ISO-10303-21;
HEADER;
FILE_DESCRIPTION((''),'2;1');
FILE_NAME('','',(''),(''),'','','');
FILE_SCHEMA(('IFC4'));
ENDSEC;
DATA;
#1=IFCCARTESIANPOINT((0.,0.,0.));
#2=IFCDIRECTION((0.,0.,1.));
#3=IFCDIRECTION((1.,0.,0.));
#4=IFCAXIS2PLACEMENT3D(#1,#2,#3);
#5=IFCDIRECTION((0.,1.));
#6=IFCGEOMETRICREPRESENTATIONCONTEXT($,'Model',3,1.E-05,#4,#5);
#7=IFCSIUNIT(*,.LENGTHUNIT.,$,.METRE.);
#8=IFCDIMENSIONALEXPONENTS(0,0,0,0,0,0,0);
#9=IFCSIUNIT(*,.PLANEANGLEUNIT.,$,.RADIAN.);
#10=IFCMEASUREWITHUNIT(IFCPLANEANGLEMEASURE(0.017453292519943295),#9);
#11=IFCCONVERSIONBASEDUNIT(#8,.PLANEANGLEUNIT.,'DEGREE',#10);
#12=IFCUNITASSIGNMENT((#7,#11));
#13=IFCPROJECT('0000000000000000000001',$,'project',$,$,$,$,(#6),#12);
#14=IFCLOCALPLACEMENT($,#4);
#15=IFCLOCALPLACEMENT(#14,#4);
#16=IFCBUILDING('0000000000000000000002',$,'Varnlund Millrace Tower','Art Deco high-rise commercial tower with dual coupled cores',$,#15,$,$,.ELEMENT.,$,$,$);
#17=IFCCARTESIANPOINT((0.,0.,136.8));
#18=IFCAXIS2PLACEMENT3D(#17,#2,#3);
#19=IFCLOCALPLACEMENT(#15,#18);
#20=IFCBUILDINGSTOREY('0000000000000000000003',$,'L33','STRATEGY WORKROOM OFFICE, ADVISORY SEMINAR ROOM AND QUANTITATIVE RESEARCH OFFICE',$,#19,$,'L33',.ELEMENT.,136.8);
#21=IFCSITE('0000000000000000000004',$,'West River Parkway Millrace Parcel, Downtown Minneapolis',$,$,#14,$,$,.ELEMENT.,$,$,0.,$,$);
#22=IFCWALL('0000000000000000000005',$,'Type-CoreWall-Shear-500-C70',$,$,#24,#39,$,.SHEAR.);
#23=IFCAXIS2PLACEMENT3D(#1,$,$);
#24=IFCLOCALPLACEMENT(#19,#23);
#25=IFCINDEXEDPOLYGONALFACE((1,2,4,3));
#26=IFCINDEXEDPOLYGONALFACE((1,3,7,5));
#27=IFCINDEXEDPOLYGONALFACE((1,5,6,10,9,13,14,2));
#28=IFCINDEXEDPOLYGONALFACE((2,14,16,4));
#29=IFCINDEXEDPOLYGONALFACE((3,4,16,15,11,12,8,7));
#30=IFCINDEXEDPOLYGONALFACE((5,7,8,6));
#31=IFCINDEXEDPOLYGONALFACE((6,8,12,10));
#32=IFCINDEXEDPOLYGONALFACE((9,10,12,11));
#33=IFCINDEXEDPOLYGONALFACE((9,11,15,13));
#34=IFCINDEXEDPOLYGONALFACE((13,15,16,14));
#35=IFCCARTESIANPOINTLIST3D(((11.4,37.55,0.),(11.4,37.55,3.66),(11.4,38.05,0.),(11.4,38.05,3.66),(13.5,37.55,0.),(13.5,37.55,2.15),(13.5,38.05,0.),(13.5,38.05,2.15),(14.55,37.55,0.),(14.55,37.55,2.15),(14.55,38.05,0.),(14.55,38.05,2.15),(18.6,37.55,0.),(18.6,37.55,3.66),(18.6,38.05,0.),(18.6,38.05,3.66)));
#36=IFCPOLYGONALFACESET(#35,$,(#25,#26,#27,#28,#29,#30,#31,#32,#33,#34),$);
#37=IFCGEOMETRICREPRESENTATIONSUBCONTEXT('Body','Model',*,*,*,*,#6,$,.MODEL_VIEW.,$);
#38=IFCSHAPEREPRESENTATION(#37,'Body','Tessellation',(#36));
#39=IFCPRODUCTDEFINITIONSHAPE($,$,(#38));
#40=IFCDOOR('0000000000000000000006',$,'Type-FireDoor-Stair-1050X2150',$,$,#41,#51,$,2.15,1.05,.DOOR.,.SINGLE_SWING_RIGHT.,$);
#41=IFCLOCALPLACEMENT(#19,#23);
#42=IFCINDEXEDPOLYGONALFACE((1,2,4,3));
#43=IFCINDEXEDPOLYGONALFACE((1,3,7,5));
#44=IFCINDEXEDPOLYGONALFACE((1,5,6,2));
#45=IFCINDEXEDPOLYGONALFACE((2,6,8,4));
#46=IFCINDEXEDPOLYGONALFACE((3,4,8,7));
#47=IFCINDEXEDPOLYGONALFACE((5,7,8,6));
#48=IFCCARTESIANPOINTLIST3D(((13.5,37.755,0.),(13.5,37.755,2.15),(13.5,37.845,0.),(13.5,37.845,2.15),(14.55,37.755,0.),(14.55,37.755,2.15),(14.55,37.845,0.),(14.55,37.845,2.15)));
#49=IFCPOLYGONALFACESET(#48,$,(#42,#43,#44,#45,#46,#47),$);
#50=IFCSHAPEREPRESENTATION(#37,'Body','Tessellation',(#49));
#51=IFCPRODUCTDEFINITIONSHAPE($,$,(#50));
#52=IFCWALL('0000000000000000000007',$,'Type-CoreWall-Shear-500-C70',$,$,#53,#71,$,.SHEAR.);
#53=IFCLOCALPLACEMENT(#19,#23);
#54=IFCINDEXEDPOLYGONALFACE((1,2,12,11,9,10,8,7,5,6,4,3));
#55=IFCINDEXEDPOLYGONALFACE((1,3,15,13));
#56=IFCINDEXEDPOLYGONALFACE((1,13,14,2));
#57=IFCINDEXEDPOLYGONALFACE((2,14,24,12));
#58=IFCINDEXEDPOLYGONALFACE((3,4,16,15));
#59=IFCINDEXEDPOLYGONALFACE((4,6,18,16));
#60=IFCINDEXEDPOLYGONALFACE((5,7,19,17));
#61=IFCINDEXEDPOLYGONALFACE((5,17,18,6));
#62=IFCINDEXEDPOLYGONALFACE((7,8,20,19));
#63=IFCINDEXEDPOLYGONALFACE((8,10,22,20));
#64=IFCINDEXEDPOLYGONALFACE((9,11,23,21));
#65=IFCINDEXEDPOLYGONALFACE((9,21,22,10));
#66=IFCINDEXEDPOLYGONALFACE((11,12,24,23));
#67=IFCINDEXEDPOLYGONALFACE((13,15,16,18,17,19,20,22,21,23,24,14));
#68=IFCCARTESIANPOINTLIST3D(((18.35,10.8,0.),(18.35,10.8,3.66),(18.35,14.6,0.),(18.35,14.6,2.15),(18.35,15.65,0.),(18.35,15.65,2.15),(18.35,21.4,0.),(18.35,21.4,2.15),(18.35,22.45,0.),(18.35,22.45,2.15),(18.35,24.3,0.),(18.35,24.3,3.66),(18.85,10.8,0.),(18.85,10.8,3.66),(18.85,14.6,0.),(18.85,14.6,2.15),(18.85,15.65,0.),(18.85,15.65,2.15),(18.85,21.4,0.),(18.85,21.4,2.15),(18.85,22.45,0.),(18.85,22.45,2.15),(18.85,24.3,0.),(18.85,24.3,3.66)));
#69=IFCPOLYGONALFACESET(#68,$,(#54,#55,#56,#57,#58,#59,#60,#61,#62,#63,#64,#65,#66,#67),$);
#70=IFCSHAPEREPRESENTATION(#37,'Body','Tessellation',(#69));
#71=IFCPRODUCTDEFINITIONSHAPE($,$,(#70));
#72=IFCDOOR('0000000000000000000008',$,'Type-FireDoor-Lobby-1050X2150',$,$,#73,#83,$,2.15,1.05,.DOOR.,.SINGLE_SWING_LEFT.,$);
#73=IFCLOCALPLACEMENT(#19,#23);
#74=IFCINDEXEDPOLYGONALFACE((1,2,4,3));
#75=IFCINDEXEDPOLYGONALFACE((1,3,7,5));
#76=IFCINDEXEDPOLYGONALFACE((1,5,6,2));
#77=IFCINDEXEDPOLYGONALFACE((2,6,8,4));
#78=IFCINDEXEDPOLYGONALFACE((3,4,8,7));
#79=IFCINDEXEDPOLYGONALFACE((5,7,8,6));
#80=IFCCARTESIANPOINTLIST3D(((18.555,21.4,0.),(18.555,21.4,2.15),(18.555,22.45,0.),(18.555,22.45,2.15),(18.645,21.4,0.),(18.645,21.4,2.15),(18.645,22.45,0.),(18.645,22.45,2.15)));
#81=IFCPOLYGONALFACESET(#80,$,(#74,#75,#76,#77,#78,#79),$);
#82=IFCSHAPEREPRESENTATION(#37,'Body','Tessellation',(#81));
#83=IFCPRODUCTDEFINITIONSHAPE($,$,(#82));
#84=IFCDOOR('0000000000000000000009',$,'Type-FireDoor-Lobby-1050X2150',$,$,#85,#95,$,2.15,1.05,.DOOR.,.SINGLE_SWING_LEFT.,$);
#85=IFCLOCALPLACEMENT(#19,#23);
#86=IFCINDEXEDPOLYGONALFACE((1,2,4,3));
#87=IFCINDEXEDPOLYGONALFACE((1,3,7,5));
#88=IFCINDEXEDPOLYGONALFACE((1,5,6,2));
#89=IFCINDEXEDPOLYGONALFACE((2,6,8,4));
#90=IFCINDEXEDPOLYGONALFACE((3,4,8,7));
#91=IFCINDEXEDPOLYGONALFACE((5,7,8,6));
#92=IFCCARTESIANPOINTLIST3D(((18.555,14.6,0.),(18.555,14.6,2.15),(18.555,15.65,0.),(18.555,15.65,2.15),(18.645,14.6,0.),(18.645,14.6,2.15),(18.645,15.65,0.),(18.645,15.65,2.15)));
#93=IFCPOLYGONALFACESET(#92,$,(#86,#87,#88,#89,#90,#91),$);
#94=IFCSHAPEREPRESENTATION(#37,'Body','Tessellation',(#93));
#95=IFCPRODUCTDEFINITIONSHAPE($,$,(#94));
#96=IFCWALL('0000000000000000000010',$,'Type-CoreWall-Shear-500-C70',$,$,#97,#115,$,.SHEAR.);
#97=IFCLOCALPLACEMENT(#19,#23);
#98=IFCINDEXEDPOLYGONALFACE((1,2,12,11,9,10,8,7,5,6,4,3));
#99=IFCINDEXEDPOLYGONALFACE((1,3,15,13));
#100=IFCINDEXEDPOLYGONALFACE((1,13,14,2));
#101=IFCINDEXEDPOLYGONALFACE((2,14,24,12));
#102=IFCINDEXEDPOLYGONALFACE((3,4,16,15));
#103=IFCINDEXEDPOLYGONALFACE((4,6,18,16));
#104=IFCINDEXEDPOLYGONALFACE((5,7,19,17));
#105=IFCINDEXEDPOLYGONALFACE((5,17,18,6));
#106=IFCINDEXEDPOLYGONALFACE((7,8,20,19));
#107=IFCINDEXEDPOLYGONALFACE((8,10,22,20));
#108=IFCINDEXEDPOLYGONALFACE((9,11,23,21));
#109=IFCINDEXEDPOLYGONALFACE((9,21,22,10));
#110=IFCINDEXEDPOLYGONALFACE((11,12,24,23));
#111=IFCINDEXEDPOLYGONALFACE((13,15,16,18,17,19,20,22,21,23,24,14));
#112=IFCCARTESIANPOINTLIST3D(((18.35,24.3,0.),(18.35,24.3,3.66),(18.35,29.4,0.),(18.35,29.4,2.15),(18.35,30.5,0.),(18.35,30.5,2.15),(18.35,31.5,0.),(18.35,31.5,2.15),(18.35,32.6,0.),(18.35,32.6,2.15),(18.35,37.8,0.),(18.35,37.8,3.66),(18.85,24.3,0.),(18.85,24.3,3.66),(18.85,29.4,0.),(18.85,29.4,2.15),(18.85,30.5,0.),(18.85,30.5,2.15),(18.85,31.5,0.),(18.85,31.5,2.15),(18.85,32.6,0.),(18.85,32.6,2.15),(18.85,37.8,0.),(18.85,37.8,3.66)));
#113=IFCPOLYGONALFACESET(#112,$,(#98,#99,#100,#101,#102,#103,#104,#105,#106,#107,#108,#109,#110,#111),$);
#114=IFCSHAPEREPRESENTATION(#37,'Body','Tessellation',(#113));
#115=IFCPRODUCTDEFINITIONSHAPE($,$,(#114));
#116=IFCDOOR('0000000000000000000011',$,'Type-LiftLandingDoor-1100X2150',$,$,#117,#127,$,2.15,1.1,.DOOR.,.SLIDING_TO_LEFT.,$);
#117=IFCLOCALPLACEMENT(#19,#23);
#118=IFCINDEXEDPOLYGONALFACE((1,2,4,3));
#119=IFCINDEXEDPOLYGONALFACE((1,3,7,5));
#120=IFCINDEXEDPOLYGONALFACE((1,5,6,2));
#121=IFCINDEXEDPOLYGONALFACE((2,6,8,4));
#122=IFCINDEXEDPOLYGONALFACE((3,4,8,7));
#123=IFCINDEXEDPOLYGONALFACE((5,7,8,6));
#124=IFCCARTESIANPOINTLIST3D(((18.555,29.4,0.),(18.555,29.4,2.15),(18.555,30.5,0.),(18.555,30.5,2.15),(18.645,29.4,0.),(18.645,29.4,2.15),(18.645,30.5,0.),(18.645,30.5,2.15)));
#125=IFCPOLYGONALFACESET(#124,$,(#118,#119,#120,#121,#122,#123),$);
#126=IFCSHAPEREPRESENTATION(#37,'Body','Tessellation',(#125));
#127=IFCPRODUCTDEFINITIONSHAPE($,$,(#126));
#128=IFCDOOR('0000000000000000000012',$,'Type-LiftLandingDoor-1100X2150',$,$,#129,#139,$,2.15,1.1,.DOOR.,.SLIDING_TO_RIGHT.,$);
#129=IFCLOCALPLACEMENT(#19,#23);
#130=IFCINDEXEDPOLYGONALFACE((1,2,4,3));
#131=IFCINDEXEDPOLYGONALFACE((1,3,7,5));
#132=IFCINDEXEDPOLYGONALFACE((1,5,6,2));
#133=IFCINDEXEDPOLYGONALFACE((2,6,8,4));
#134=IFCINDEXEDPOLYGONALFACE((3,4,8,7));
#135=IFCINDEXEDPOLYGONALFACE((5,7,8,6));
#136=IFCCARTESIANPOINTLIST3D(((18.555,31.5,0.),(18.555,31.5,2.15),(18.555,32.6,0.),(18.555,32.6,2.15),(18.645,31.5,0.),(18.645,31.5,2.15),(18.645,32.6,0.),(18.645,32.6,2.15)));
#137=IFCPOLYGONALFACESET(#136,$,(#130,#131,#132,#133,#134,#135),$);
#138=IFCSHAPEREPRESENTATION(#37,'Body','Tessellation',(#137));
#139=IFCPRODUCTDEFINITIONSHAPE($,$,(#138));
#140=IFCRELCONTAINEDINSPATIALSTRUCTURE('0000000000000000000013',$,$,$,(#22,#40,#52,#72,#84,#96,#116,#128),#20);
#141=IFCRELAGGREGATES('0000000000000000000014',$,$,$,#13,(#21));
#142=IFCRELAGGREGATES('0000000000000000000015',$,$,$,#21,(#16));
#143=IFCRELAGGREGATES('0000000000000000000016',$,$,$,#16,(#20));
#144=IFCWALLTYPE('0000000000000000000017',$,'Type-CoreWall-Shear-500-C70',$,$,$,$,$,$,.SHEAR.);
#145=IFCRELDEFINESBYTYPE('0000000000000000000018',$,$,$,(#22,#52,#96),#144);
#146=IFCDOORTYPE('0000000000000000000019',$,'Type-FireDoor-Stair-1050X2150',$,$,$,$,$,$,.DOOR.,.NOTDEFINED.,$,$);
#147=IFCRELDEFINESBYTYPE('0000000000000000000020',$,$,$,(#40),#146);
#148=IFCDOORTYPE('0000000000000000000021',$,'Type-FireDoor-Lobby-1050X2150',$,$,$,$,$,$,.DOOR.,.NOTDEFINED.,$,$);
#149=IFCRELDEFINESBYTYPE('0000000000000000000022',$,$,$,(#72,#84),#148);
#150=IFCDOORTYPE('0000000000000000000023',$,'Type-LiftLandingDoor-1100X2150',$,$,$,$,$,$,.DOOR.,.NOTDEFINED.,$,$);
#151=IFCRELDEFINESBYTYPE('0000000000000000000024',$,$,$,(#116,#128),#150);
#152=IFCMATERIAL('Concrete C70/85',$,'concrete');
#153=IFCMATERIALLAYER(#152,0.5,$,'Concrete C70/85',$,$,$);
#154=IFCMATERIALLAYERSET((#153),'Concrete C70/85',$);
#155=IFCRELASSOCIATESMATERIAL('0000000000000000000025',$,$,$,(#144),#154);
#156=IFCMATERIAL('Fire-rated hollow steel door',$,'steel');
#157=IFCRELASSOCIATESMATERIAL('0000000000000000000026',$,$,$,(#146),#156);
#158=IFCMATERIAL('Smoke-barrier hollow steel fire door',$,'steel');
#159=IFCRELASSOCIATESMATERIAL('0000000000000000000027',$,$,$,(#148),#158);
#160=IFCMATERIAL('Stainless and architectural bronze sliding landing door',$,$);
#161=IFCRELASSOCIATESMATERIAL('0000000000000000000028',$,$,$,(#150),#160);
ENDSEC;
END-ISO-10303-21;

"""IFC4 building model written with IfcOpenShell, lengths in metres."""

from ifc_helpers import new_model, entity, si_unit, converted_unit, direction, frame, origin_with_axes, origin_2d_with_axis, place, context, subcontext, project, spatial, polyline, rectangle, outline, extrude, material, layer, layer_set, type_object, element, fill, save


model = new_model("IFC4")

# Units and contexts
model_context = context("Model", 3, precision=1e-05, world=origin_with_axes(), true_north=direction((0.0, 1.0)))
body_context = subcontext(model_context, "Body", "Model", "MODEL_VIEW")
ifc_project = project(units=[si_unit("LENGTHUNIT", "METRE"), converted_unit("PLANEANGLEUNIT", "DEGREE", entity("IfcPlaneAngleMeasure", 0.017453292519943295), si_unit("PLANEANGLEUNIT", "RADIAN"), dimensions=[0, 0, 0, 0, 0, 0, 0])], contexts=[model_context])

# Site, building, storey
site_placement = place(None, origin_with_axes())
site = spatial("IfcSite", under=ifc_project, at=site_placement, Name="West River Parkway Millrace Parcel, Downtown Minneapolis", CompositionType="ELEMENT", RefElevation=0.0)
building_placement = place(site_placement, origin_with_axes())
building = spatial("IfcBuilding", under=site, at=building_placement, Name="Varnlund Millrace Tower", Description="Art Deco high-rise commercial tower with dual coupled cores", CompositionType="ELEMENT")
storey_placement = place(building_placement, frame((0.0, 0.0, 136.8), z_axis=(0.0, 0.0, 1.0), x_axis=(1.0, 0.0, 0.0)))
storey = spatial("IfcBuildingStorey", under=building, at=storey_placement, Name="L33", Description="STRATEGY WORKROOM OFFICE, ADVISORY SEMINAR ROOM AND QUANTITATIVE RESEARCH OFFICE", LongName="L33", CompositionType="ELEMENT", Elevation=136.8)

# Shared definitions
ifc_material_1 = material(Name="Concrete C70/85", Category="concrete")
ifc_layer_1 = layer(ifc_material_1, 0.5, Name="Concrete C70/85")
ifc_layer_set_1 = layer_set([ifc_layer_1], Name="Concrete C70/85")
wall_type = type_object("IfcWallType", Name="Type-CoreWall-Shear-500-C70", PredefinedType="SHEAR", material=ifc_layer_set_1)

# Wall, opening, door
ifc_material_2 = material(Name="Fire-rated hollow steel door", Category="steel")
door_type_1 = type_object("IfcDoorType", Name="Type-FireDoor-Stair-1050X2150", OperationType="NOTDEFINED", PredefinedType="DOOR", material=ifc_material_2)
wall_1_placement = place(storey_placement, frame((11.4, 37.8, 0.0), z_axis=(0.0, 0.0, 1.0), x_axis=(1.0, 0.0, 0.0)))
wall_1 = element("IfcWall", 1, at=wall_1_placement, inside=storey, type_object=wall_type, Name="Type-CoreWall-Shear-500-C70", PredefinedType="SHEAR", context=body_context, shape_type="SweptSolid", body=[
    extrude(outline(polyline([(0.0, -0.25), (7.2, -0.25), (7.2, 0.25), (0.0, 0.25), (0.0, -0.25)])), origin_with_axes(), (0.0, 0.0, 1.0), 3.66),
])
opening_1_placement = place(wall_1_placement, frame((2.625, 0.0, 0.0), z_axis=(0.0, 0.0, 1.0), x_axis=(1.0, 0.0, 0.0)))
opening_1 = element("IfcOpeningElement", 2, at=opening_1_placement, cuts=wall_1, PredefinedType="OPENING", context=body_context, shape_type="SweptSolid", body=[
    extrude(rectangle(XDim=1.05, YDim=0.52, at=origin_2d_with_axis()), origin_with_axes(), (0.0, 0.0, 1.0), 2.15),
])
door_1_placement = place(wall_1_placement, frame((2.625, 0.0, 0.0), z_axis=(0.0, 0.0, 1.0), x_axis=(1.0, 0.0, 0.0)))
door_1 = element("IfcDoor", 3, at=door_1_placement, inside=storey, type_object=door_type_1, Name="Type-FireDoor-Stair-1050X2150", OperationType="SINGLE_SWING_RIGHT", OverallHeight=2.15, OverallWidth=1.05, PredefinedType="DOOR", context=body_context, shape_type="SweptSolid", body=[
    extrude(rectangle(XDim=1.05, YDim=0.09, at=origin_2d_with_axis()), origin_with_axes(), (0.0, 0.0, 1.0), 2.15),
])
fill(opening_1, door_1)

# Walls, openings, doors
wall_2_placement = place(storey_placement, frame((18.6, 10.8, 0.0), z_axis=(0.0, 0.0, 1.0), x_axis=(0.0, 1.0, 0.0)))
wall_2 = element("IfcWall", 4, at=wall_2_placement, inside=storey, type_object=wall_type, Name="Type-CoreWall-Shear-500-C70", PredefinedType="SHEAR", context=body_context, shape_type="SweptSolid", body=[
    extrude(outline(polyline([(0.0, -0.25), (13.5, -0.25), (13.5, 0.25), (0.0, 0.25), (0.0, -0.25)])), origin_with_axes(), (0.0, 0.0, 1.0), 3.66),
])
opening_2_placement = place(wall_2_placement, frame((11.125, 0.0, 0.0), z_axis=(0.0, 0.0, 1.0), x_axis=(1.0, 0.0, 0.0)))
opening_2 = element("IfcOpeningElement", 5, at=opening_2_placement, cuts=wall_2, PredefinedType="OPENING", context=body_context, shape_type="SweptSolid", body=[
    extrude(rectangle(XDim=1.05, YDim=0.52, at=origin_2d_with_axis()), origin_with_axes(), (0.0, 0.0, 1.0), 2.15),
])
opening_3_placement = place(wall_2_placement, frame((4.325, 0.0, 0.0), z_axis=(0.0, 0.0, 1.0), x_axis=(1.0, 0.0, 0.0)))
opening_3 = element("IfcOpeningElement", 6, at=opening_3_placement, cuts=wall_2, PredefinedType="OPENING", context=body_context, shape_type="SweptSolid", body=[
    extrude(rectangle(XDim=1.05, YDim=0.52, at=origin_2d_with_axis()), origin_with_axes(), (0.0, 0.0, 1.0), 2.15),
])
ifc_material_3 = material(Name="Smoke-barrier hollow steel fire door", Category="steel")
door_type_2 = type_object("IfcDoorType", Name="Type-FireDoor-Lobby-1050X2150", OperationType="NOTDEFINED", PredefinedType="DOOR", material=ifc_material_3)
door_2_placement = place(wall_2_placement, frame((11.125, 0.0, 0.0), z_axis=(0.0, 0.0, 1.0), x_axis=(1.0, 0.0, 0.0)))
door_2 = element("IfcDoor", 7, at=door_2_placement, inside=storey, type_object=door_type_2, Name="Type-FireDoor-Lobby-1050X2150", OperationType="SINGLE_SWING_LEFT", OverallHeight=2.15, OverallWidth=1.05, PredefinedType="DOOR", context=body_context, shape_type="SweptSolid", body=[
    extrude(rectangle(XDim=1.05, YDim=0.09, at=origin_2d_with_axis()), origin_with_axes(), (0.0, 0.0, 1.0), 2.15),
])
fill(opening_2, door_2)
door_3_placement = place(wall_2_placement, frame((4.325, 0.0, 0.0), z_axis=(0.0, 0.0, 1.0), x_axis=(1.0, 0.0, 0.0)))
door_3 = element("IfcDoor", 8, at=door_3_placement, inside=storey, type_object=door_type_2, Name="Type-FireDoor-Lobby-1050X2150", OperationType="SINGLE_SWING_LEFT", OverallHeight=2.15, OverallWidth=1.05, PredefinedType="DOOR", context=body_context, shape_type="SweptSolid", body=[
    extrude(rectangle(XDim=1.05, YDim=0.09, at=origin_2d_with_axis()), origin_with_axes(), (0.0, 0.0, 1.0), 2.15),
])
fill(opening_3, door_3)
wall_3_placement = place(storey_placement, frame((18.6, 24.3, 0.0), z_axis=(0.0, 0.0, 1.0), x_axis=(0.0, 1.0, 0.0)))
wall_3 = element("IfcWall", 9, at=wall_3_placement, inside=storey, type_object=wall_type, Name="Type-CoreWall-Shear-500-C70", PredefinedType="SHEAR", context=body_context, shape_type="SweptSolid", body=[
    extrude(outline(polyline([(0.0, -0.25), (13.5, -0.25), (13.5, 0.25), (0.0, 0.25), (0.0, -0.25)])), origin_with_axes(), (0.0, 0.0, 1.0), 3.66),
])
opening_4_placement = place(wall_3_placement, frame((5.65, 0.0, 0.0), z_axis=(0.0, 0.0, 1.0), x_axis=(1.0, 0.0, 0.0)))
opening_4 = element("IfcOpeningElement", 10, at=opening_4_placement, cuts=wall_3, PredefinedType="OPENING", context=body_context, shape_type="SweptSolid", body=[
    extrude(rectangle(XDim=1.1, YDim=0.52, at=origin_2d_with_axis()), origin_with_axes(), (0.0, 0.0, 1.0), 2.15),
])
opening_5_placement = place(wall_3_placement, frame((7.75, 0.0, 0.0), z_axis=(0.0, 0.0, 1.0), x_axis=(1.0, 0.0, 0.0)))
opening_5 = element("IfcOpeningElement", 11, at=opening_5_placement, cuts=wall_3, PredefinedType="OPENING", context=body_context, shape_type="SweptSolid", body=[
    extrude(rectangle(XDim=1.1, YDim=0.52, at=origin_2d_with_axis()), origin_with_axes(), (0.0, 0.0, 1.0), 2.15),
])
ifc_material_4 = material(Name="Stainless and architectural bronze sliding landing door")
door_type_3 = type_object("IfcDoorType", Name="Type-LiftLandingDoor-1100X2150", OperationType="NOTDEFINED", PredefinedType="DOOR", material=ifc_material_4)
door_4_placement = place(wall_3_placement, frame((5.65, 0.0, 0.0), z_axis=(0.0, 0.0, 1.0), x_axis=(1.0, 0.0, 0.0)))
door_4 = element("IfcDoor", 12, at=door_4_placement, inside=storey, type_object=door_type_3, Name="Type-LiftLandingDoor-1100X2150", OperationType="SLIDING_TO_LEFT", OverallHeight=2.15, OverallWidth=1.1, PredefinedType="DOOR", context=body_context, shape_type="SweptSolid", body=[
    extrude(rectangle(XDim=1.1, YDim=0.09, at=origin_2d_with_axis()), origin_with_axes(), (0.0, 0.0, 1.0), 2.15),
])
fill(opening_4, door_4)
door_5_placement = place(wall_3_placement, frame((7.75, 0.0, 0.0), z_axis=(0.0, 0.0, 1.0), x_axis=(1.0, 0.0, 0.0)))
door_5 = element("IfcDoor", 13, at=door_5_placement, inside=storey, type_object=door_type_3, Name="Type-LiftLandingDoor-1100X2150", OperationType="SLIDING_TO_RIGHT", OverallHeight=2.15, OverallWidth=1.1, PredefinedType="DOOR", context=body_context, shape_type="SweptSolid", body=[
    extrude(rectangle(XDim=1.1, YDim=0.09, at=origin_2d_with_axis()), origin_with_axes(), (0.0, 0.0, 1.0), 2.15),
])
fill(opening_5, door_5)

save(model, "model.ifc")
